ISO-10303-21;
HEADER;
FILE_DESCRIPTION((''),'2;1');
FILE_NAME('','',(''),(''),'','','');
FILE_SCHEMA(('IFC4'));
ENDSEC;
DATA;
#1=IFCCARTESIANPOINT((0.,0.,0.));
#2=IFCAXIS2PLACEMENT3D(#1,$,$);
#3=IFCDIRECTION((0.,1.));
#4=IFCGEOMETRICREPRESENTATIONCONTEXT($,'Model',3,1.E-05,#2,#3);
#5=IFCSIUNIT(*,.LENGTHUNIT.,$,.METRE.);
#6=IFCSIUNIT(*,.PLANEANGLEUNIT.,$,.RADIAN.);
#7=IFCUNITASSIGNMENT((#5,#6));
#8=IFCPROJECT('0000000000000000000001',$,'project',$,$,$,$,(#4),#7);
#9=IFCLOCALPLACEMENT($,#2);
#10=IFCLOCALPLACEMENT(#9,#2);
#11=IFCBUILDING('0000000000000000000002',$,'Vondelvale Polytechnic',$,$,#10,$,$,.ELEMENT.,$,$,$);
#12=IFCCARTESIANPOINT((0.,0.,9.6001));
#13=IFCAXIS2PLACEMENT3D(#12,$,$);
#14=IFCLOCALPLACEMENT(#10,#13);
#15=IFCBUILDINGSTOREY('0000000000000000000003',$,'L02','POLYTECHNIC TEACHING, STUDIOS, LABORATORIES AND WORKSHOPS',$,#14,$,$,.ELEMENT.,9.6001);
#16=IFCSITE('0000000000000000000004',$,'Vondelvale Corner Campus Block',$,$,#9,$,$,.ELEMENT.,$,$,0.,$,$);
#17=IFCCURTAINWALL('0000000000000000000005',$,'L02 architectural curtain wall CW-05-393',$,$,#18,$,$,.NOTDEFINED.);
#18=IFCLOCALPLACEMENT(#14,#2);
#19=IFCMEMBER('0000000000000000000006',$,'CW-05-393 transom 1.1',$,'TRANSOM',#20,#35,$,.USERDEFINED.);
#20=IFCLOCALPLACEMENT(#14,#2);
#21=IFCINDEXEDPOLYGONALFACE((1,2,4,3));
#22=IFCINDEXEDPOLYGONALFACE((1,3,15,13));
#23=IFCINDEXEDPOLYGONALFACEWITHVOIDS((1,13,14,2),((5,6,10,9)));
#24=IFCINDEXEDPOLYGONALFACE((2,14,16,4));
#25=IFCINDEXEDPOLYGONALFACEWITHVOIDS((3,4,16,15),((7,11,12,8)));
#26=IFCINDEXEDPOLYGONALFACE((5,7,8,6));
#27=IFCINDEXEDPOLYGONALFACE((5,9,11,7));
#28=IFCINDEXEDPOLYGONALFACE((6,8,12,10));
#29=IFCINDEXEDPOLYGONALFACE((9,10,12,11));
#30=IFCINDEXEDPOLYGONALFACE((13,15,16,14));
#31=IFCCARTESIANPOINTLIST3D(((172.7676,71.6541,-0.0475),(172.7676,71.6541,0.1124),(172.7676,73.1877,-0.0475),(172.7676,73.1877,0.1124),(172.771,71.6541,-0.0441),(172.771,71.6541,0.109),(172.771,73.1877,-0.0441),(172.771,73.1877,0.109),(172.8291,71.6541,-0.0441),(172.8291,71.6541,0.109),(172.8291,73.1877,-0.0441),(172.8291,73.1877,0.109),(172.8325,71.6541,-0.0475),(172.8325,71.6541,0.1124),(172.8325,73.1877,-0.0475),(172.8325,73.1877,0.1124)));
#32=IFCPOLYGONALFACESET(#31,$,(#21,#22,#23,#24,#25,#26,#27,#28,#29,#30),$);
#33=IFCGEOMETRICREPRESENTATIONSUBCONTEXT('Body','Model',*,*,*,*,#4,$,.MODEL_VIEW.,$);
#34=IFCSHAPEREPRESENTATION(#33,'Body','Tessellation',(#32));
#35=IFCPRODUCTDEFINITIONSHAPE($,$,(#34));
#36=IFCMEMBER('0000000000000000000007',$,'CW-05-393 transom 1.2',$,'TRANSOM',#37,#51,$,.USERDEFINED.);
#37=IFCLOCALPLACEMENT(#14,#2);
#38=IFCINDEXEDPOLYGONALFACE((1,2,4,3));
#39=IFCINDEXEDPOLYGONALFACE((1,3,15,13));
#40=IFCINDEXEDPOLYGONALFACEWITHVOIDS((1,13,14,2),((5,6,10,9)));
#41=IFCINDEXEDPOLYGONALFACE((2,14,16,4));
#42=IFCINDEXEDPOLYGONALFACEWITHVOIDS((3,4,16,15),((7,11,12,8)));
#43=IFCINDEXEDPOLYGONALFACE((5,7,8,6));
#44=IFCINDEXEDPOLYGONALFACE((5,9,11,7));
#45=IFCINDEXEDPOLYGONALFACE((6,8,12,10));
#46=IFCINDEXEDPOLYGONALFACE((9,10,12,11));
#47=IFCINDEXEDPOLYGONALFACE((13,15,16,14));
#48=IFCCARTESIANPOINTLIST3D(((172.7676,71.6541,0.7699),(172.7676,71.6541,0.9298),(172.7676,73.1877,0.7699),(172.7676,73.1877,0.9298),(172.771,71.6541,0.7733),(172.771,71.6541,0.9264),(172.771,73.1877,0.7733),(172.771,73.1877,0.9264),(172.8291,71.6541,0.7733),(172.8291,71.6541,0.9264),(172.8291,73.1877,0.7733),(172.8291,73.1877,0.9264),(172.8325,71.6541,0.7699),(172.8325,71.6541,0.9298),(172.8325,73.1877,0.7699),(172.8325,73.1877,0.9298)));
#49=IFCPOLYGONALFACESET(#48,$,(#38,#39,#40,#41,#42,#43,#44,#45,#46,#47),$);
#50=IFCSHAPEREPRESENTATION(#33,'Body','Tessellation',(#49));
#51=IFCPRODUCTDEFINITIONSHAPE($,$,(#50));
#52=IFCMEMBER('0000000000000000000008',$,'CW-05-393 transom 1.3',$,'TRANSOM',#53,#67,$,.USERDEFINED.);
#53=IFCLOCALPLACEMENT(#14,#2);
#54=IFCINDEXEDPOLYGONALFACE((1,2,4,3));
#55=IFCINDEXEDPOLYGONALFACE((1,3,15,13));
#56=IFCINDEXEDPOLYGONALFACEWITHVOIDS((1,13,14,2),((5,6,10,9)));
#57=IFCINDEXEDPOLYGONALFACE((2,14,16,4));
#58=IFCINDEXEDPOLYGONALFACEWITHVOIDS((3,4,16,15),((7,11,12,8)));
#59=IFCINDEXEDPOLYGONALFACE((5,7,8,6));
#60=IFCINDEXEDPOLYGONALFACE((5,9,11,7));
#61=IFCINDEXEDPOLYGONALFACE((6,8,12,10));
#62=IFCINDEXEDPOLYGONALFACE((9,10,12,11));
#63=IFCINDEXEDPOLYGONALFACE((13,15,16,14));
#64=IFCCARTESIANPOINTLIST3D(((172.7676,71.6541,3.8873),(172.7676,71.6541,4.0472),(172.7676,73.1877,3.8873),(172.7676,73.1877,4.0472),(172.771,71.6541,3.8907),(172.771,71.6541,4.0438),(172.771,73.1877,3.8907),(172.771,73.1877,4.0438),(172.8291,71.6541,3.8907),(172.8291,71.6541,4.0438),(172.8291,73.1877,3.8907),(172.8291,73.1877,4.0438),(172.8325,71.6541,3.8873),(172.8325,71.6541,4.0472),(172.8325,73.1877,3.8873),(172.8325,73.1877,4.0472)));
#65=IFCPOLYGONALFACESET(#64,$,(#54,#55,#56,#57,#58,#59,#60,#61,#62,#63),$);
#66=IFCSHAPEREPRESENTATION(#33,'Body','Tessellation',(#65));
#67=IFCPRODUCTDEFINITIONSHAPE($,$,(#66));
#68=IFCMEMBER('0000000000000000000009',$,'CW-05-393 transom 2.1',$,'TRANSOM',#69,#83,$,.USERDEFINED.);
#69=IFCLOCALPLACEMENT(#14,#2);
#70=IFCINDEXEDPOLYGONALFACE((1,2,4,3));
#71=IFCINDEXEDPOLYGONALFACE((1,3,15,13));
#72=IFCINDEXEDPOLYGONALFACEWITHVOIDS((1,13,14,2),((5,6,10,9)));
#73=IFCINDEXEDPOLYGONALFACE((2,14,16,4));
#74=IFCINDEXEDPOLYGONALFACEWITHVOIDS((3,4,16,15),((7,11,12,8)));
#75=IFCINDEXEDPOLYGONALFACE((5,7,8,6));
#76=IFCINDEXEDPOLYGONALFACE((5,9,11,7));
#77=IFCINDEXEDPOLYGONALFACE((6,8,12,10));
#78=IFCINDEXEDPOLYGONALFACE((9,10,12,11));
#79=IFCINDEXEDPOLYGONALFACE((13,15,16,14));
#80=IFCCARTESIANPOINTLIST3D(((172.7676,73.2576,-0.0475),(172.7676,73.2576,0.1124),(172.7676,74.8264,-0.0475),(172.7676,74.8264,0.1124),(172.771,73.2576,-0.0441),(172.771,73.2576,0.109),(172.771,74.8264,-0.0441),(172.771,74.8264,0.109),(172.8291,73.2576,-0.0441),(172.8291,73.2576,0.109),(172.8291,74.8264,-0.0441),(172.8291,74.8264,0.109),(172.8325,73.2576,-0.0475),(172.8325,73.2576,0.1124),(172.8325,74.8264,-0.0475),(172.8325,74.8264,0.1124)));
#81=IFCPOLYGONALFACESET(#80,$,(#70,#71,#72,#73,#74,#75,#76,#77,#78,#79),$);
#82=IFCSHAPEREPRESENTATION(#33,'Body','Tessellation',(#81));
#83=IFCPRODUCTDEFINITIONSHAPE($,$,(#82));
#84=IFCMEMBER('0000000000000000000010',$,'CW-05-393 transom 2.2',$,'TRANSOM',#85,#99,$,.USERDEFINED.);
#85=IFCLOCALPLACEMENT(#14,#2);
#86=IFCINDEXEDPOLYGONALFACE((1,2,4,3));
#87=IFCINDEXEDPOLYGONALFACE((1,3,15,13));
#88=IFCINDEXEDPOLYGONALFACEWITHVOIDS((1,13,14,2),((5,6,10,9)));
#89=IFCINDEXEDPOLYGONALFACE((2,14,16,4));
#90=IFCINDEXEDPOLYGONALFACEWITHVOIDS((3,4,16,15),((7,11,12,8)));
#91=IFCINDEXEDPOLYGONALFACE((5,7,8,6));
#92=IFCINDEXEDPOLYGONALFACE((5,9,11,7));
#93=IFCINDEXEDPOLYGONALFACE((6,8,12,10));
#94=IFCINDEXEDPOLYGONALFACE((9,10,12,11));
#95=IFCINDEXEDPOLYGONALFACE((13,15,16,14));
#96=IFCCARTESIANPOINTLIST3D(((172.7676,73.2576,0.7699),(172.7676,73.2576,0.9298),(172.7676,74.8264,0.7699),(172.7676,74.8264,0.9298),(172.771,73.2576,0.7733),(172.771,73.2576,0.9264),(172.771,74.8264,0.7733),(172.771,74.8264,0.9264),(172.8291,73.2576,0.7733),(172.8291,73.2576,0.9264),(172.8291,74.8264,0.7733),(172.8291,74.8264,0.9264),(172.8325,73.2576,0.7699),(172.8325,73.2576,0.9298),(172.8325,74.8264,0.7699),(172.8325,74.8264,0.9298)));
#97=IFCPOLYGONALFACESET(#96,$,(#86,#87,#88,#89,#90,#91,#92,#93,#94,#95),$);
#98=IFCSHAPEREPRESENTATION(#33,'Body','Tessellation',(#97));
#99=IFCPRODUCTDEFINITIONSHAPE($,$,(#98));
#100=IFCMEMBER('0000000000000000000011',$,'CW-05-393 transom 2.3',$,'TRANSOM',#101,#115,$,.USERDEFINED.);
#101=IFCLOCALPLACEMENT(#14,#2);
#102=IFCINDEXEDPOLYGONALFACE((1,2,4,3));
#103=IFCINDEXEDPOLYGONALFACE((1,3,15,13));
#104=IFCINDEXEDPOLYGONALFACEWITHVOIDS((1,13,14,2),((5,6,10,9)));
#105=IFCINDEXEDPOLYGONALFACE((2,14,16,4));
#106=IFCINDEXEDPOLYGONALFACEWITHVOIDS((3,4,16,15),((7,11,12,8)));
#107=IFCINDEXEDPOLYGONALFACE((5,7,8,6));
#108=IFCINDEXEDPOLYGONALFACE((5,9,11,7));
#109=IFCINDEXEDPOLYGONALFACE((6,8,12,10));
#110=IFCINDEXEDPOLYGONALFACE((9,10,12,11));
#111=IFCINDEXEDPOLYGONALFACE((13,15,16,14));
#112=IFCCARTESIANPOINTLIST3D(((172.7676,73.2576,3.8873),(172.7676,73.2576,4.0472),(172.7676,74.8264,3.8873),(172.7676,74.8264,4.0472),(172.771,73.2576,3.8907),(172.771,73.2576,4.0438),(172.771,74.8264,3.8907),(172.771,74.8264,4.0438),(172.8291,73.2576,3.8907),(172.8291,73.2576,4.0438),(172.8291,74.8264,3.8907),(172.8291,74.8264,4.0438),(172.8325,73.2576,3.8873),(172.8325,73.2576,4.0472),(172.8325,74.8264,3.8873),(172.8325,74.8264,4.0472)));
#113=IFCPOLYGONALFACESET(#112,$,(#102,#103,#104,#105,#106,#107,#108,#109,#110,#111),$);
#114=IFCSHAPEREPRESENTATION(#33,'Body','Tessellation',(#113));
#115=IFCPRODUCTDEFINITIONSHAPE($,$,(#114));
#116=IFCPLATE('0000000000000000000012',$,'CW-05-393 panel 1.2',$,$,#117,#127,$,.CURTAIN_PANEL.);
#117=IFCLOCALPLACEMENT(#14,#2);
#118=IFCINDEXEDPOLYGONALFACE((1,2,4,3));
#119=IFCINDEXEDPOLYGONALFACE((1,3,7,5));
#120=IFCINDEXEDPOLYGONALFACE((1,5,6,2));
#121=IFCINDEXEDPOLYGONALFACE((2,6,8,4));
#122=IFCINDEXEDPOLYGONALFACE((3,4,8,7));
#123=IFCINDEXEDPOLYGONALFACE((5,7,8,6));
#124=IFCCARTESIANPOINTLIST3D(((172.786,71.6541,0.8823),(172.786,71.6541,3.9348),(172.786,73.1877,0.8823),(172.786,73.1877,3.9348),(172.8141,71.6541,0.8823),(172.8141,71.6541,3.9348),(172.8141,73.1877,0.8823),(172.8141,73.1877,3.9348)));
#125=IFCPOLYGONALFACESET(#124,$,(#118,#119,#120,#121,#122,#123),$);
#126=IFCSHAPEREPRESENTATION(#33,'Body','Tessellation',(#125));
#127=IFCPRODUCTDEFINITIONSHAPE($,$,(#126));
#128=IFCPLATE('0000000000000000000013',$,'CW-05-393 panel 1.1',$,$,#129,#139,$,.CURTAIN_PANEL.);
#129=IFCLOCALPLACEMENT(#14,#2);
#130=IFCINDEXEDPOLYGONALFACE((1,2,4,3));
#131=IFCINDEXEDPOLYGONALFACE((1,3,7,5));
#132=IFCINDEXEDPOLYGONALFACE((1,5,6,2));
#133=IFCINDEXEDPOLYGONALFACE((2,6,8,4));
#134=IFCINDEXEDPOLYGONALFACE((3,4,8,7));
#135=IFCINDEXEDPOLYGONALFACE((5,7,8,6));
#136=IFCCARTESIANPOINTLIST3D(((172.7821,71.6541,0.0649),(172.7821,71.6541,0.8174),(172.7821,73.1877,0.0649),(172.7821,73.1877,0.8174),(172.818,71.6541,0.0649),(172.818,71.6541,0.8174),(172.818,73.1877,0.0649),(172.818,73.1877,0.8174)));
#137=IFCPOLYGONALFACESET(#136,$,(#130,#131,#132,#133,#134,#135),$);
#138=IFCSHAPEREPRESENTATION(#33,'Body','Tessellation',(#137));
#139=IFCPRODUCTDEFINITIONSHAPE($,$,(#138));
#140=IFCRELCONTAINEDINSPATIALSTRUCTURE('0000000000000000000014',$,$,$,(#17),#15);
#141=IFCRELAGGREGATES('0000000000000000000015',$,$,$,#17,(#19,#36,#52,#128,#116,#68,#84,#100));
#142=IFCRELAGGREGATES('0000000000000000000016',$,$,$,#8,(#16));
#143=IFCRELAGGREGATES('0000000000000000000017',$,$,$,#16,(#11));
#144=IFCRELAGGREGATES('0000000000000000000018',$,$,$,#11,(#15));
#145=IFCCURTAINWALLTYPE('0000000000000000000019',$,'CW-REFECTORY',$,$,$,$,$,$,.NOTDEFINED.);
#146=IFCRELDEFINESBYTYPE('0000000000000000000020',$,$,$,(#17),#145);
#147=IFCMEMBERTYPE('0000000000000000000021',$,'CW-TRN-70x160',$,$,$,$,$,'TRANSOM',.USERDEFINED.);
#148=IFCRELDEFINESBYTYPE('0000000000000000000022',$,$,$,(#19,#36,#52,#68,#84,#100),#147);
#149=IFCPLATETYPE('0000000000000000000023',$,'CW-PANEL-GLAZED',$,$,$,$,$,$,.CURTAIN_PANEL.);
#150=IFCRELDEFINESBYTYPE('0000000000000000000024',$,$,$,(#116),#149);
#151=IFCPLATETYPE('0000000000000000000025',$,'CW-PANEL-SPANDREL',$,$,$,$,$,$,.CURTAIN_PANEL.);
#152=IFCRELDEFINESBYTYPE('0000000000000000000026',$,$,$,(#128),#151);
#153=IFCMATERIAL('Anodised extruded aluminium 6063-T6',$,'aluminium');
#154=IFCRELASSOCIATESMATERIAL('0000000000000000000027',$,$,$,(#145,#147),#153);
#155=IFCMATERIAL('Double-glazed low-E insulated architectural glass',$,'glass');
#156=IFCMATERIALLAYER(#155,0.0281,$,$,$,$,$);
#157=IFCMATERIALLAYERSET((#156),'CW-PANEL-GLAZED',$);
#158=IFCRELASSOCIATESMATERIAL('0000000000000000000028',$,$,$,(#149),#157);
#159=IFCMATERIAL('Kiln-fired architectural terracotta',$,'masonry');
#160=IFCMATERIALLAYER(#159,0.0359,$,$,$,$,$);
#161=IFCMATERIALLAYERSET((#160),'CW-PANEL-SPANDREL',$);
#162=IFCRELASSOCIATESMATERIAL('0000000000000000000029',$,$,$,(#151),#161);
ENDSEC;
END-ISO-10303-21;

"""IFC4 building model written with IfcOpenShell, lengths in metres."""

from ifc_helpers import new_model, si_unit, direction, frame, origin, origin_2d, place, context, subcontext, project, spatial, rectangle, hollow_rectangle, extrude, material, layer, layer_set, material_profile, profile_set, type_object, element, aggregate, save


model = new_model("IFC4")

# Units and contexts
model_context = context("Model", 3, precision=1e-05, world=origin(), true_north=direction((0.0, 1.0)))
body_context = subcontext(model_context, "Body", "Model", "MODEL_VIEW")
ifc_project = project(units=[si_unit("LENGTHUNIT", "METRE"), si_unit("PLANEANGLEUNIT", "RADIAN")], contexts=[model_context])

# Site, building, storey
site_placement = place(None, origin())
site = spatial("IfcSite", under=ifc_project, at=site_placement, Name="Vondelvale Corner Campus Block", CompositionType="ELEMENT", RefElevation=0.0)
building_placement = place(site_placement, origin())
building = spatial("IfcBuilding", under=site, at=building_placement, Name="Vondelvale Polytechnic", CompositionType="ELEMENT")
storey_placement = place(building_placement, frame((0.0, 0.0, 9.6001)))
storey = spatial("IfcBuildingStorey", under=building, at=storey_placement, Name="L02", Description="POLYTECHNIC TEACHING, STUDIOS, LABORATORIES AND WORKSHOPS", CompositionType="ELEMENT", Elevation=9.6001)

# Curtain wall, members, plates
ifc_material_1 = material(Name="Anodised extruded aluminium 6063-T6", Category="aluminium")
curtain_wall_type = type_object("IfcCurtainWallType", Name="CW-REFECTORY", PredefinedType="NOTDEFINED", material=ifc_material_1)
curtain_wall_placement = place(storey_placement, origin())
curtain_wall = element("IfcCurtainWall", 1, at=curtain_wall_placement, inside=storey, type_object=curtain_wall_type, Name="L02 architectural curtain wall CW-05-393", PredefinedType="NOTDEFINED")
ifc_material_profile_1 = material_profile(ifc_material_1, hollow_rectangle(XDim=0.0649, YDim=0.1599, WallThickness=0.0034, at=origin_2d()), Name="CW-TRN-160x65")
ifc_profile_set_1 = profile_set([ifc_material_profile_1], Name="Anodised extruded aluminium 6063-T6")
member_type_1 = type_object("IfcMemberType", Name="CW-TRN-70x160", ElementType="TRANSOM", PredefinedType="USERDEFINED", material=ifc_profile_set_1)
member_1_placement = place(storey_placement, frame((172.8, 71.6541, 0.0325), z_axis=(0.0, 1.0, 0.0), x_axis=(-1.0, 0.0, 0.0)))
member_1 = element("IfcMember", 2, at=member_1_placement, type_object=member_type_1, Name="CW-05-393 transom 1.1", ObjectType="TRANSOM", PredefinedType="USERDEFINED", context=body_context, shape_type="SweptSolid", body=[
    extrude(hollow_rectangle(XDim=0.0649, YDim=0.1599, WallThickness=0.0034, at=origin_2d()), origin(), (0.0, 0.0, 1.0), 1.5337),
])
member_2_placement = place(storey_placement, frame((172.8, 71.6541, 0.8499), z_axis=(0.0, 1.0, 0.0), x_axis=(-1.0, 0.0, 0.0)))
member_2 = element("IfcMember", 3, at=member_2_placement, type_object=member_type_1, Name="CW-05-393 transom 1.2", ObjectType="TRANSOM", PredefinedType="USERDEFINED", context=body_context, shape_type="SweptSolid", body=[
    extrude(hollow_rectangle(XDim=0.0649, YDim=0.1599, WallThickness=0.0034, at=origin_2d()), origin(), (0.0, 0.0, 1.0), 1.5337),
])
member_3_placement = place(storey_placement, frame((172.8, 71.6541, 3.9673), z_axis=(0.0, 1.0, 0.0), x_axis=(-1.0, 0.0, 0.0)))
member_3 = element("IfcMember", 4, at=member_3_placement, type_object=member_type_1, Name="CW-05-393 transom 1.3", ObjectType="TRANSOM", PredefinedType="USERDEFINED", context=body_context, shape_type="SweptSolid", body=[
    extrude(hollow_rectangle(XDim=0.0649, YDim=0.1599, WallThickness=0.0034, at=origin_2d()), origin(), (0.0, 0.0, 1.0), 1.5337),
])
member_4_placement = place(storey_placement, frame((172.8, 73.2576, 0.0325), z_axis=(0.0, 1.0, 0.0), x_axis=(-1.0, 0.0, 0.0)))
member_4 = element("IfcMember", 5, at=member_4_placement, type_object=member_type_1, Name="CW-05-393 transom 2.1", ObjectType="TRANSOM", PredefinedType="USERDEFINED", context=body_context, shape_type="SweptSolid", body=[
    extrude(hollow_rectangle(XDim=0.0649, YDim=0.1599, WallThickness=0.0034, at=origin_2d()), origin(), (0.0, 0.0, 1.0), 1.5688),
])
member_5_placement = place(storey_placement, frame((172.8, 73.2576, 0.8499), z_axis=(0.0, 1.0, 0.0), x_axis=(-1.0, 0.0, 0.0)))
member_5 = element("IfcMember", 6, at=member_5_placement, type_object=member_type_1, Name="CW-05-393 transom 2.2", ObjectType="TRANSOM", PredefinedType="USERDEFINED", context=body_context, shape_type="SweptSolid", body=[
    extrude(hollow_rectangle(XDim=0.0649, YDim=0.1599, WallThickness=0.0034, at=origin_2d()), origin(), (0.0, 0.0, 1.0), 1.5688),
])
member_6_placement = place(storey_placement, frame((172.8, 73.2576, 3.9673), z_axis=(0.0, 1.0, 0.0), x_axis=(-1.0, 0.0, 0.0)))
member_6 = element("IfcMember", 7, at=member_6_placement, type_object=member_type_1, Name="CW-05-393 transom 2.3", ObjectType="TRANSOM", PredefinedType="USERDEFINED", context=body_context, shape_type="SweptSolid", body=[
    extrude(hollow_rectangle(XDim=0.0649, YDim=0.1599, WallThickness=0.0034, at=origin_2d()), origin(), (0.0, 0.0, 1.0), 1.5688),
])
ifc_material_2 = material(Name="Double-glazed low-E insulated architectural glass", Category="glass")
ifc_layer_1 = layer(ifc_material_2, 0.0281)
ifc_layer_set_1 = layer_set([ifc_layer_1], Name="CW-PANEL-GLAZED")
plate_type_1 = type_object("IfcPlateType", Name="CW-PANEL-GLAZED", PredefinedType="CURTAIN_PANEL", material=ifc_layer_set_1)
plate_1_placement = place(storey_placement, frame((172.8, 72.4209, 0.8823), z_axis=(0.0, 0.0, 1.0), x_axis=(0.0, 1.0, 0.0)))
plate_1 = element("IfcPlate", 8, at=plate_1_placement, type_object=plate_type_1, Name="CW-05-393 panel 1.2", PredefinedType="CURTAIN_PANEL", context=body_context, shape_type="SweptSolid", body=[
    extrude(rectangle(XDim=1.5337, YDim=0.0281, at=origin_2d()), origin(), (0.0, 0.0, 1.0), 3.0525),
])
ifc_material_3 = material(Name="Kiln-fired architectural terracotta", Category="masonry")
ifc_layer_2 = layer(ifc_material_3, 0.0359)
ifc_layer_set_2 = layer_set([ifc_layer_2], Name="CW-PANEL-SPANDREL")
plate_type_2 = type_object("IfcPlateType", Name="CW-PANEL-SPANDREL", PredefinedType="CURTAIN_PANEL", material=ifc_layer_set_2)
plate_2_placement = place(storey_placement, frame((172.8, 72.4209, 0.0649), z_axis=(0.0, 0.0, 1.0), x_axis=(0.0, 1.0, 0.0)))
plate_2 = element("IfcPlate", 9, at=plate_2_placement, type_object=plate_type_2, Name="CW-05-393 panel 1.1", PredefinedType="CURTAIN_PANEL", context=body_context, shape_type="SweptSolid", body=[
    extrude(rectangle(XDim=1.5337, YDim=0.0359, at=origin_2d()), origin(), (0.0, 0.0, 1.0), 0.7524),
])
aggregate(curtain_wall, [member_1, member_2, member_3, plate_2, plate_1, member_4, member_5, member_6])

save(model, "model.ifc")
